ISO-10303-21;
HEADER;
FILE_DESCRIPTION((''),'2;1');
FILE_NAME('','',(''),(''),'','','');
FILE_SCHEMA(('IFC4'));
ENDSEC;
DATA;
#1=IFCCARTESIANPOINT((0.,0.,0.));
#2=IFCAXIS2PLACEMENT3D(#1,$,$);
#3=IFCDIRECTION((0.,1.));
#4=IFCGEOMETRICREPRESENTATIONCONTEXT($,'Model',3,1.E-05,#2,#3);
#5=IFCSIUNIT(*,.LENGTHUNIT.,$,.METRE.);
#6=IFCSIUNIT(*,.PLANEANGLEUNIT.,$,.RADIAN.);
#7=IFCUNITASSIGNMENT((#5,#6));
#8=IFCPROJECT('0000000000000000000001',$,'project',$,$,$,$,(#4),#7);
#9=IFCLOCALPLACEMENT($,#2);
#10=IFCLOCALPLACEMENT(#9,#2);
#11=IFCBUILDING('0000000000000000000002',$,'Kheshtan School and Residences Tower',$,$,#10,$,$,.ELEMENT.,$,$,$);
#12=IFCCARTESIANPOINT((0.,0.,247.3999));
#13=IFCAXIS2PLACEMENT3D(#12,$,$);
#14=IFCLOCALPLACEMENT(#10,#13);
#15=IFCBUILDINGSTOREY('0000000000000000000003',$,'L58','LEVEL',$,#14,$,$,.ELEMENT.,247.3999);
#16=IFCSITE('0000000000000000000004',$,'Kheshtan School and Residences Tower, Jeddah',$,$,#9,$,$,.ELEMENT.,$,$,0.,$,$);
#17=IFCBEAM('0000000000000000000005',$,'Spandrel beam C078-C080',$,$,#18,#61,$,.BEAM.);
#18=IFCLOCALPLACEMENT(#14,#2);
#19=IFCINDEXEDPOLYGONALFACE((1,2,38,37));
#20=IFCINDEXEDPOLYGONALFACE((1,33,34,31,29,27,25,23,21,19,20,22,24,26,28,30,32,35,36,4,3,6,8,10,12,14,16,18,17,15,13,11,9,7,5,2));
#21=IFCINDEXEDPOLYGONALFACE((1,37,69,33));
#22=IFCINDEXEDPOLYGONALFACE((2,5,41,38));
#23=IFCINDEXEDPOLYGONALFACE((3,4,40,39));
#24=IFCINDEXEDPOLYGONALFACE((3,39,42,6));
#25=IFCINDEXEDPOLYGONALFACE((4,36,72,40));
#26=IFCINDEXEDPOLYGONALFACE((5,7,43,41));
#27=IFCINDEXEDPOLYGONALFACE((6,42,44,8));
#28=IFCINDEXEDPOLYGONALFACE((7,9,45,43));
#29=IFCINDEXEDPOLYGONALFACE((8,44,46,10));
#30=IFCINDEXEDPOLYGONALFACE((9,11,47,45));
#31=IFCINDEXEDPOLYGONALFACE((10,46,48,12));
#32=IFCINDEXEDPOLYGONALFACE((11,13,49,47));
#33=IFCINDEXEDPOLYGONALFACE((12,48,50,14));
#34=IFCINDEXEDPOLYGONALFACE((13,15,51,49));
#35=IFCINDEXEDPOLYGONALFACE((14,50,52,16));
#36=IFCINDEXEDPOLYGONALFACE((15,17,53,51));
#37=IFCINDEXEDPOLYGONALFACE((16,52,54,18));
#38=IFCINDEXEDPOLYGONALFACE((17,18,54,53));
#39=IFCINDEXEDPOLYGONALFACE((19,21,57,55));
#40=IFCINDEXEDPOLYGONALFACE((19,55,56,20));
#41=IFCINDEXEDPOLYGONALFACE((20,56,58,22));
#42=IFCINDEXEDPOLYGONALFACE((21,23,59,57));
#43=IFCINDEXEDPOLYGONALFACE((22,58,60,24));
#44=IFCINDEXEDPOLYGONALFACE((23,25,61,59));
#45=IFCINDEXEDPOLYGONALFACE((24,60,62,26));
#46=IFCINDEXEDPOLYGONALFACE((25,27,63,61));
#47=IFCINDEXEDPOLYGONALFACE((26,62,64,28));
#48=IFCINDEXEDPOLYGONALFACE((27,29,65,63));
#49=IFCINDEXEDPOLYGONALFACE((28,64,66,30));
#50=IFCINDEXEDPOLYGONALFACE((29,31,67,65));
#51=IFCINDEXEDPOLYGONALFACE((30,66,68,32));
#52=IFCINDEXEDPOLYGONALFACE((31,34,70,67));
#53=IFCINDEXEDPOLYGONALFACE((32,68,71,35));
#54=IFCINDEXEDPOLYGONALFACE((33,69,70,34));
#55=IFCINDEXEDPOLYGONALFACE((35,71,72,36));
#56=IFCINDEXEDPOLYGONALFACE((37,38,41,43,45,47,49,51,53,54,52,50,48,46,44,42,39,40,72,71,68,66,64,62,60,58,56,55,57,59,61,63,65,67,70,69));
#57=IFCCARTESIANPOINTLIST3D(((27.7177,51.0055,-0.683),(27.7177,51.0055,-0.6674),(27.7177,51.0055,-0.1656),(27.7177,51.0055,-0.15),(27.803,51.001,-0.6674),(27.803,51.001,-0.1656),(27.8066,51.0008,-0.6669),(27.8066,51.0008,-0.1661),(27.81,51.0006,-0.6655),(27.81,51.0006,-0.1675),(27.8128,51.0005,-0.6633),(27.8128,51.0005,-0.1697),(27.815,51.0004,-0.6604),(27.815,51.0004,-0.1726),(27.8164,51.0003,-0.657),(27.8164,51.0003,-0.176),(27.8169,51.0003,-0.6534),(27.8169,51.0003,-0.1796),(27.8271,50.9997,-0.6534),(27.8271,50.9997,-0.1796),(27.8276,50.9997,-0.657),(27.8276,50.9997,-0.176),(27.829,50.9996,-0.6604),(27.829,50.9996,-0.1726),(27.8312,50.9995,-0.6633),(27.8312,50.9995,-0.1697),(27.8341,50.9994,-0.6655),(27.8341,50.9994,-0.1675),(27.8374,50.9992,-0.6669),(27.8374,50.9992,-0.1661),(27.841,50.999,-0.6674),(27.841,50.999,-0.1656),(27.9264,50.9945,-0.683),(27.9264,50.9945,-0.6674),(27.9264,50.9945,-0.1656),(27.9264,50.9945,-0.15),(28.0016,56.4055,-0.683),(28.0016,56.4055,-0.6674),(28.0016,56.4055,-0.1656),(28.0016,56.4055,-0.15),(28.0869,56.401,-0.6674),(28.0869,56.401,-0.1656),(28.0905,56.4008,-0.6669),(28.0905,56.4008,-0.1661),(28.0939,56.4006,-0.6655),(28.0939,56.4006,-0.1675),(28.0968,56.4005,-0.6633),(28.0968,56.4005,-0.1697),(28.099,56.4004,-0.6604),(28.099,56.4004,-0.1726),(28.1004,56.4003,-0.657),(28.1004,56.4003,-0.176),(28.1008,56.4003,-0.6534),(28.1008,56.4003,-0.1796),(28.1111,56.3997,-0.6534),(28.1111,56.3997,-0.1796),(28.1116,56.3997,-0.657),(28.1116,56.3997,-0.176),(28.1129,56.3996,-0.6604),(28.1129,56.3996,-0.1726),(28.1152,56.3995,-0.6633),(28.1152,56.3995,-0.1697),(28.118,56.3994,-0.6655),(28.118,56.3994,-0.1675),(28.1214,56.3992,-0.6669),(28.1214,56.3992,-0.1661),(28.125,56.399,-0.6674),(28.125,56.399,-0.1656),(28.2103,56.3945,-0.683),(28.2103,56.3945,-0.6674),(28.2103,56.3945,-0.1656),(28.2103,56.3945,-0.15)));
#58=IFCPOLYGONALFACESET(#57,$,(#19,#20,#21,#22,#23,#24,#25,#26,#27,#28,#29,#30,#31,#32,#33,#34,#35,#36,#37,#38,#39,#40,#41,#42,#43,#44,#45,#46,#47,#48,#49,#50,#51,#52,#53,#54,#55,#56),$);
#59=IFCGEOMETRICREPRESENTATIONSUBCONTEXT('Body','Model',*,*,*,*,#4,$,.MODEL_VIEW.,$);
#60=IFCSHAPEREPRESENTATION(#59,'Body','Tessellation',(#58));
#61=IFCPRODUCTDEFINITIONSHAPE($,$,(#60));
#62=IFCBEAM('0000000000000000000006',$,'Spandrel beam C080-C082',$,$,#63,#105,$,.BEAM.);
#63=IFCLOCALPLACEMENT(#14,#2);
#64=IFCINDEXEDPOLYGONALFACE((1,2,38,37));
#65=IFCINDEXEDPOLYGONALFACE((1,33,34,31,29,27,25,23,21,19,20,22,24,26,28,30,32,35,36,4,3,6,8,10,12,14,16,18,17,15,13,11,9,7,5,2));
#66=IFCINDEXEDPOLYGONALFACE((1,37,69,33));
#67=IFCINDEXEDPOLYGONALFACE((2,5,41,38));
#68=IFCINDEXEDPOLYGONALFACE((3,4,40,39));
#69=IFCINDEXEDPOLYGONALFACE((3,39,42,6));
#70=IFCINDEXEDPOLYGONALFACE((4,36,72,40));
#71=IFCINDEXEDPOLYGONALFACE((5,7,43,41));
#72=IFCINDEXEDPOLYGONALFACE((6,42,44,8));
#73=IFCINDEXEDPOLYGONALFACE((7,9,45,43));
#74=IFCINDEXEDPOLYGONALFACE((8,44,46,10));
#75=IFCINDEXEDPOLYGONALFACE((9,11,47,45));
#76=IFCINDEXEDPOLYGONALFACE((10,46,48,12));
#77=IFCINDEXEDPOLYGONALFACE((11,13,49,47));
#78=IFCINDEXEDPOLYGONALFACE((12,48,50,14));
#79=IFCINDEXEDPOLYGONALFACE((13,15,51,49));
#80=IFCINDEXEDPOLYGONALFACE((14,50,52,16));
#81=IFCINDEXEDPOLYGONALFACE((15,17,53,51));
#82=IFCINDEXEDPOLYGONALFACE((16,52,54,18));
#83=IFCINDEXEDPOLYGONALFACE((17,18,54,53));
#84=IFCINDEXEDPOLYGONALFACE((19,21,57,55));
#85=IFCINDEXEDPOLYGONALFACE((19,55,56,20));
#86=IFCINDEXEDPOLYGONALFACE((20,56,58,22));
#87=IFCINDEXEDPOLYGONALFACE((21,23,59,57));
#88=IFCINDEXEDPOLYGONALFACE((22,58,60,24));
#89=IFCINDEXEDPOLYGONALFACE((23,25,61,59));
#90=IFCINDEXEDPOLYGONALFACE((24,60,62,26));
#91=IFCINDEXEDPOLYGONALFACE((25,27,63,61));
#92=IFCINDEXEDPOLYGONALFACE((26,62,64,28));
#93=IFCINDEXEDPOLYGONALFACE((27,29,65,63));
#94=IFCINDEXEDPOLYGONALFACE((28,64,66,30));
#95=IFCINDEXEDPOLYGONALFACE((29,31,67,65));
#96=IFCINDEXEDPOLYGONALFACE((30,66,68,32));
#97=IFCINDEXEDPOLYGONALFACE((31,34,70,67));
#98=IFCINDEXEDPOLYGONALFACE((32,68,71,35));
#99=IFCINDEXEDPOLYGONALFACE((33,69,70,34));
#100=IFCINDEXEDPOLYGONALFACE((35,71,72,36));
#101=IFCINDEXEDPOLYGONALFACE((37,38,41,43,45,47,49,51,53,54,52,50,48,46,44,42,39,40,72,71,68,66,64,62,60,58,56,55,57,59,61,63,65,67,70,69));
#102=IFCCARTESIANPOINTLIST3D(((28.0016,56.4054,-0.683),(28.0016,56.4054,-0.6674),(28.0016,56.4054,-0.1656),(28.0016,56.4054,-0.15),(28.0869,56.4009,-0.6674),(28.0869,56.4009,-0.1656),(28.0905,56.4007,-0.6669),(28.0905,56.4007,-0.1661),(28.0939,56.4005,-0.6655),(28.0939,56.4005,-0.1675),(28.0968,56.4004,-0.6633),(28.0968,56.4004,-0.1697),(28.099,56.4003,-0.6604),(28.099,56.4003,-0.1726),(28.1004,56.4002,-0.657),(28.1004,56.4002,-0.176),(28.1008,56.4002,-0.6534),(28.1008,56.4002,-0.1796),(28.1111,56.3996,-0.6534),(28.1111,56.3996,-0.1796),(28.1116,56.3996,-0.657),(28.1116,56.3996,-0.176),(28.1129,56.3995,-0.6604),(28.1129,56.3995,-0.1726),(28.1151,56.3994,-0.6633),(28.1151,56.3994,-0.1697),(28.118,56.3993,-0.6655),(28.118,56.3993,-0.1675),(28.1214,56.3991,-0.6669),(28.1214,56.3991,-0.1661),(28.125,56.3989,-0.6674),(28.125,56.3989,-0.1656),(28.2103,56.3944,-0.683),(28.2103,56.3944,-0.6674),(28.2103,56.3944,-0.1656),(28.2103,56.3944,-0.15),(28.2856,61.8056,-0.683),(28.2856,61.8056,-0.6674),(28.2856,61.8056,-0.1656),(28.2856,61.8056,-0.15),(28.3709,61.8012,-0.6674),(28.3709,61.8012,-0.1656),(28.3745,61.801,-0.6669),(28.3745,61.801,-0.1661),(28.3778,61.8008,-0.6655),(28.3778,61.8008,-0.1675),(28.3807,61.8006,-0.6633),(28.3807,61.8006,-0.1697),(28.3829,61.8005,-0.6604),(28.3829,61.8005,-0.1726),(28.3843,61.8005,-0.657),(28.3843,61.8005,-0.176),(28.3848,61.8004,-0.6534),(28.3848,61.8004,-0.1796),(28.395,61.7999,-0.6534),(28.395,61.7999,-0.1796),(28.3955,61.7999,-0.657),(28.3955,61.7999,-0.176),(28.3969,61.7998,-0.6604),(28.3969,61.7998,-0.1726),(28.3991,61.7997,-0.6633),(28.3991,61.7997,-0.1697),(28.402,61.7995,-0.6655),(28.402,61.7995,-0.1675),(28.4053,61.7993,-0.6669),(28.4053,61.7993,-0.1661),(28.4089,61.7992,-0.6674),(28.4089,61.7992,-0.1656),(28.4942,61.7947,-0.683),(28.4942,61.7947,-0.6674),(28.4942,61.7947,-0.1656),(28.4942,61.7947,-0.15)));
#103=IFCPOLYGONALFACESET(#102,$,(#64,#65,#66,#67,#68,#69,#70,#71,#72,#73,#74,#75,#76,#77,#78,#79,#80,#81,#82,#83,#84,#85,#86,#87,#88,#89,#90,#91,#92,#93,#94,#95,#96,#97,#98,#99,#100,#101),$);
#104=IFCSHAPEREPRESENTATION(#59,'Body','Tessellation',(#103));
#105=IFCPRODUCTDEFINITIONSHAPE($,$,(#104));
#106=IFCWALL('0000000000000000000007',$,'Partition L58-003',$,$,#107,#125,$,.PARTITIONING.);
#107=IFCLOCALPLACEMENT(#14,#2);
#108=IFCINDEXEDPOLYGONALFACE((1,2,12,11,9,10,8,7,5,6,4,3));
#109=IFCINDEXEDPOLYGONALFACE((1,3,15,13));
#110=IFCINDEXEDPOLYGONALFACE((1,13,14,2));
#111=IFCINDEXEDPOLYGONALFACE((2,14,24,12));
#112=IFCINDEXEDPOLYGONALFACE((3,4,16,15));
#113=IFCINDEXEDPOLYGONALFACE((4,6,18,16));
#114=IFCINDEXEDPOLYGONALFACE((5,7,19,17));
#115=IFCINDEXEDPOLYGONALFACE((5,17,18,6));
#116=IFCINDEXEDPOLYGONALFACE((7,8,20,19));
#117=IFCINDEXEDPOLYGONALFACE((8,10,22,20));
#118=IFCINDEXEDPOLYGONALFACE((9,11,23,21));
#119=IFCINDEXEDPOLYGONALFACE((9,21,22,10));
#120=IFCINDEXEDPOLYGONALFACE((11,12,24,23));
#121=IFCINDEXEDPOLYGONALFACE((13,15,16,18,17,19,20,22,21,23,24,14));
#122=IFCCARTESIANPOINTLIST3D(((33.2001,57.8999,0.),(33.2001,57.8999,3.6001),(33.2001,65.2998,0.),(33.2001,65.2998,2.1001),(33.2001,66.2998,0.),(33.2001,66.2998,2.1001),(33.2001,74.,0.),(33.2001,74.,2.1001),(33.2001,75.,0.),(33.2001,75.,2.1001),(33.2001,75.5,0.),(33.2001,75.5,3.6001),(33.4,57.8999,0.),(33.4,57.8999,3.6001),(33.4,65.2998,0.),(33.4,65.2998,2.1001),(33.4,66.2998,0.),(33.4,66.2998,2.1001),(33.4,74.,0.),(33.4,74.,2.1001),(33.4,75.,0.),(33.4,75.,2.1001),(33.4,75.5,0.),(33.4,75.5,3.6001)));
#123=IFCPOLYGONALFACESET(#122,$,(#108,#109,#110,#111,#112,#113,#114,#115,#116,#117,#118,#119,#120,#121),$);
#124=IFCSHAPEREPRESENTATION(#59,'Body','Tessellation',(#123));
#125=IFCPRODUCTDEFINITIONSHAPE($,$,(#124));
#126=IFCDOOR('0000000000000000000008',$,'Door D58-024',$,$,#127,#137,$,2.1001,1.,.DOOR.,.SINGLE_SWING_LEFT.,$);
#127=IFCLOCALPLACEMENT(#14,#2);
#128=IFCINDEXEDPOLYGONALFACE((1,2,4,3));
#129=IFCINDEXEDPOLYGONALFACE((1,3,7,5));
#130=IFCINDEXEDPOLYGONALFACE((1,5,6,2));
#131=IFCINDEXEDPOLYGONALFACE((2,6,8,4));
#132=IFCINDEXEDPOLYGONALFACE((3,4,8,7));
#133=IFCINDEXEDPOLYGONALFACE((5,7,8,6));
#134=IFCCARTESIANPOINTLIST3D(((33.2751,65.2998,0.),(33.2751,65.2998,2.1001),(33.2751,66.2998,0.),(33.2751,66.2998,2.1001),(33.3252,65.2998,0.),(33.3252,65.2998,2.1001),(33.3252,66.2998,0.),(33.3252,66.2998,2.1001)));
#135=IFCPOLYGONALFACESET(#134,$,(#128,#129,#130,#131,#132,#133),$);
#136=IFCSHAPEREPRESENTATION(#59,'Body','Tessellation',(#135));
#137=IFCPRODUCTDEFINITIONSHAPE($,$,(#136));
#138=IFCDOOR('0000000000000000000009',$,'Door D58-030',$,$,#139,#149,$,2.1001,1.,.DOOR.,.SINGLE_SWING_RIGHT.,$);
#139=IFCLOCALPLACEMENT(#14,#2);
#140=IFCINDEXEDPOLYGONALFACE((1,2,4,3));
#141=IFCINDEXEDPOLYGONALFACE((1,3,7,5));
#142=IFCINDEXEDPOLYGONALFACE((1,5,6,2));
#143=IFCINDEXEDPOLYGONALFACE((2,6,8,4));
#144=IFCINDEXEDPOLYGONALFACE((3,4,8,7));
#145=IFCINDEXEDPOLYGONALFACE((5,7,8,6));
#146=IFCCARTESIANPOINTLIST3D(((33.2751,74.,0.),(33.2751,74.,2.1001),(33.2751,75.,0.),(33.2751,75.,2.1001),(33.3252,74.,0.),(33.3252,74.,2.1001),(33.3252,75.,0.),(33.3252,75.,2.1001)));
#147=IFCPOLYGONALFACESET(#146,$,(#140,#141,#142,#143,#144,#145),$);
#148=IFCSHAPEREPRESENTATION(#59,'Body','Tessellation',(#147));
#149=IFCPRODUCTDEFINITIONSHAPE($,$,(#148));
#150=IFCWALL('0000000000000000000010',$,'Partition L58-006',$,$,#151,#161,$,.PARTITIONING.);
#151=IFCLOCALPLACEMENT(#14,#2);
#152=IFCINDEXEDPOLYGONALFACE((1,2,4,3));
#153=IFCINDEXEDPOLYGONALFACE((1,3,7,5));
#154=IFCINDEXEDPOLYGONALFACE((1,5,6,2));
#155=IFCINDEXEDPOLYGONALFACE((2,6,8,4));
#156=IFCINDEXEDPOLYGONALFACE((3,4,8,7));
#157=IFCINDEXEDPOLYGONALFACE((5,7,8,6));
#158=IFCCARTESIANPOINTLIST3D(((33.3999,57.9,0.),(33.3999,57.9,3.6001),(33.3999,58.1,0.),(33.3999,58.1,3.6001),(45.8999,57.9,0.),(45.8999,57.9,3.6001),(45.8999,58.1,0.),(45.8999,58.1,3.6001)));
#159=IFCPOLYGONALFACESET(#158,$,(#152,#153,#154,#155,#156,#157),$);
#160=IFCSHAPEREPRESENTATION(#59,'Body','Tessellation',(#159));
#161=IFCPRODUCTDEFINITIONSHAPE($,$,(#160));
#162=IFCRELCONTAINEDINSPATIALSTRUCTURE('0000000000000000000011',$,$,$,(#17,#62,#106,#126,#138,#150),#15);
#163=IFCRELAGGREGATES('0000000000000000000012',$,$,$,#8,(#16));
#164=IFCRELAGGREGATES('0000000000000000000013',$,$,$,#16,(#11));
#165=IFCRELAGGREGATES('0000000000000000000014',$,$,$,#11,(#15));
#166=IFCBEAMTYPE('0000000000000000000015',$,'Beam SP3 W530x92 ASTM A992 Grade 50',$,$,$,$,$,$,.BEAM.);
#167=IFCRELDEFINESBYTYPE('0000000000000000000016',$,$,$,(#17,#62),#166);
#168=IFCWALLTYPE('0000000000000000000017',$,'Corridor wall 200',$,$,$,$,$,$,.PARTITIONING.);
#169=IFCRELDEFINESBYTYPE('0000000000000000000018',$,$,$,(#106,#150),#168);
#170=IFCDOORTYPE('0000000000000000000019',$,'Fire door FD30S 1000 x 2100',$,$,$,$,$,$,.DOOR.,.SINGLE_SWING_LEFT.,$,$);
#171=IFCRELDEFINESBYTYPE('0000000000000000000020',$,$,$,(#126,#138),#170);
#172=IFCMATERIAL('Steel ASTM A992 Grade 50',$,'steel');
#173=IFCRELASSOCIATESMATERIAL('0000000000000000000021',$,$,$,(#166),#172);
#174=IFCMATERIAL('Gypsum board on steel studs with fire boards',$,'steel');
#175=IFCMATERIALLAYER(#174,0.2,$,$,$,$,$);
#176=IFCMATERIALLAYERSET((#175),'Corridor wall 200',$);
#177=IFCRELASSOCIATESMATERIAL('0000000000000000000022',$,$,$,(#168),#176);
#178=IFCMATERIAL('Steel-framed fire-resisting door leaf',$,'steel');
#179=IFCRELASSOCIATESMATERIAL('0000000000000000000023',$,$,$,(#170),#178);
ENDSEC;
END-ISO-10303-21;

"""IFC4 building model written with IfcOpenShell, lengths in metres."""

from ifc_helpers import new_model, si_unit, direction, frame, frame_2d, origin, origin_2d, place, context, subcontext, project, spatial, rectangle, i_section, extrude, source, transform, mapped, material, layer, layer_set, material_profile, profile_set, type_object, element, fill, save


model = new_model("IFC4")

# Units and contexts
model_context = context("Model", 3, precision=1e-05, world=origin(), true_north=direction((0.0, 1.0)))
body_context = subcontext(model_context, "Body", "Model", "MODEL_VIEW")
ifc_project = project(units=[si_unit("LENGTHUNIT", "METRE"), si_unit("PLANEANGLEUNIT", "RADIAN")], contexts=[model_context])

# Site, building, storey
site_placement = place(None, origin())
site = spatial("IfcSite", under=ifc_project, at=site_placement, Name="Kheshtan School and Residences Tower, Jeddah", CompositionType="ELEMENT", RefElevation=0.0)
building_placement = place(site_placement, origin())
building = spatial("IfcBuilding", under=site, at=building_placement, Name="Kheshtan School and Residences Tower", CompositionType="ELEMENT")
storey_placement = place(building_placement, frame((0.0, 0.0, 247.3999)))
storey = spatial("IfcBuildingStorey", under=building, at=storey_placement, Name="L58", Description="LEVEL", CompositionType="ELEMENT", Elevation=247.3999)

# Shared definitions
ifc_material_1 = material(Name="Steel ASTM A992 Grade 50", Category="steel")

# Beams
ifc_material_profile_1 = material_profile(ifc_material_1, i_section(OverallWidth=0.209, OverallDepth=0.533, WebThickness=0.0103, FlangeThickness=0.0156, FilletRadius=0.0139, at=origin_2d()), Name="W530x92")
ifc_profile_set_1 = profile_set([ifc_material_profile_1], Name="Steel ASTM A992 Grade 50")
beam_type = type_object("IfcBeamType", Name="Beam SP3 W530x92 ASTM A992 Grade 50", PredefinedType="BEAM", material=ifc_profile_set_1)
for number, where, z_axis, x_axis, name in (
    (1, (27.822, 51.0, -0.4165), (0.052509, 0.99862, 0.0), (-0.99862, 0.052509, 0.0), "Spandrel beam C078-C080"),
):
    element("IfcBeam", number, at=place(storey_placement, frame(where, z_axis=z_axis, x_axis=x_axis)), inside=storey, type_object=beam_type, Name=name, PredefinedType="BEAM", context=body_context, shape_type="SweptSolid", body=[
        extrude(i_section(OverallWidth=0.209, OverallDepth=0.533, WebThickness=0.0103, FlangeThickness=0.0156, FilletRadius=0.0139, at=origin_2d()), origin(), (0.0, 0.0, 1.0), 5.4075),
    ])
beam_placement = place(storey_placement, frame((28.106, 56.3999, -0.4165), z_axis=(0.052507, 0.998621, 0.0), x_axis=(-0.998621, 0.052507, 0.0)))
element("IfcBeam", 2, at=beam_placement, inside=storey, type_object=beam_type, Name="Spandrel beam C080-C082", PredefinedType="BEAM", context=body_context, shape_type="SweptSolid", body=[
    extrude(i_section(OverallWidth=0.209, OverallDepth=0.533, WebThickness=0.0103, FlangeThickness=0.0156, FilletRadius=0.0139, at=origin_2d()), origin(), (0.0, 0.0, 1.0), 5.4077),
])

# Wall, openings, doors
ifc_material_2 = material(Name="Gypsum board on steel studs with fire boards", Category="steel")
ifc_layer_1 = layer(ifc_material_2, 0.2)
ifc_layer_set_1 = layer_set([ifc_layer_1], Name="Corridor wall 200")
wall_type_1 = type_object("IfcWallType", Name="Corridor wall 200", PredefinedType="PARTITIONING", material=ifc_layer_set_1)
wall_1_placement = place(storey_placement, frame((33.3, 57.8999, 0.0), z_axis=(0.0, 0.0, 1.0), x_axis=(0.0, 1.0, 0.0)))
wall_1 = element("IfcWall", 3, at=wall_1_placement, inside=storey, type_object=wall_type_1, Name="Partition L58-003", PredefinedType="PARTITIONING", context=body_context, shape_type="SweptSolid", body=[
    extrude(rectangle(XDim=17.6001, YDim=0.2, at=frame_2d((8.8, 0.0))), origin(), (0.0, 0.0, 1.0), 3.6001),
])
opening_1_placement = place(wall_1_placement, frame((7.3999, 0.0, 0.0)))
opening_1 = element("IfcOpeningElement", 4, at=opening_1_placement, cuts=wall_1, PredefinedType="OPENING", context=body_context, shape_type="SweptSolid", body=[
    extrude(rectangle(XDim=1.0, YDim=2.1001, at=frame_2d((0.5, 1.05))), frame((0.0, 0.1099, 0.0), z_axis=(0.0, -1.0, 0.0), x_axis=(1.0, 0.0, 0.0)), (0.0, 0.0, 1.0), 0.22),
])
opening_2_placement = place(wall_1_placement, frame((16.1001, 0.0, 0.0)))
opening_2 = element("IfcOpeningElement", 5, at=opening_2_placement, cuts=wall_1, PredefinedType="OPENING", context=body_context, shape_type="SweptSolid", body=[
    extrude(rectangle(XDim=1.0, YDim=2.1001, at=frame_2d((0.5, 1.05))), frame((0.0, 0.1099, 0.0), z_axis=(0.0, -1.0, 0.0), x_axis=(1.0, 0.0, 0.0)), (0.0, 0.0, 1.0), 0.22),
])
ifc_material_3 = material(Name="Steel-framed fire-resisting door leaf", Category="steel")
door_type_1 = type_object("IfcDoorType", Name="Fire door FD30S 1000 x 2100", OperationType="SINGLE_SWING_LEFT", PredefinedType="DOOR", material=ifc_material_3)
shared_shape_1 = source(origin(), body_context, "Body", "SweptSolid", [
    extrude(rectangle(XDim=1.0, YDim=2.1001, at=frame_2d((0.5, 1.05))), frame((0.0, 0.0249, 0.0), z_axis=(0.0, -1.0, 0.0), x_axis=(1.0, 0.0, 0.0)), (0.0, 0.0, 1.0), 0.05),
])
door_1_placement = place(opening_1_placement, origin())
door_1 = element("IfcDoor", 6, at=door_1_placement, inside=storey, type_object=door_type_1, Name="Door D58-024", OperationType="SINGLE_SWING_LEFT", OverallHeight=2.1001, OverallWidth=1.0, PredefinedType="DOOR", context=body_context, shape_type="MappedRepresentation", body=[
    mapped(shared_shape_1, transform((0.0, 0.0, 0.0), x_axis=(1.0, 0.0, 0.0), y_axis=(0.0, 1.0, 0.0), z_axis=(0.0, 0.0, 1.0), scale=1.0)),
])
fill(opening_1, door_1)
door_2_placement = place(opening_2_placement, origin())
door_2 = element("IfcDoor", 7, at=door_2_placement, inside=storey, type_object=door_type_1, Name="Door D58-030", OperationType="SINGLE_SWING_RIGHT", OverallHeight=2.1001, OverallWidth=1.0, PredefinedType="DOOR", context=body_context, shape_type="MappedRepresentation", body=[
    mapped(shared_shape_1, transform((0.0, 0.0, 0.0), x_axis=(1.0, 0.0, 0.0), y_axis=(0.0, 1.0, 0.0), z_axis=(0.0, 0.0, 1.0), scale=1.0)),
])
fill(opening_2, door_2)

# Wall
wall_2_placement = place(storey_placement, frame((33.3999, 58.0, 0.0), z_axis=(0.0, 0.0, 1.0), x_axis=(1.0, 0.0, 0.0)))
element("IfcWall", 8, at=wall_2_placement, inside=storey, type_object=wall_type_1, Name="Partition L58-006", PredefinedType="PARTITIONING", context=body_context, shape_type="SweptSolid", body=[
    extrude(rectangle(XDim=12.5, YDim=0.2, at=frame_2d((6.25, 0.0))), origin(), (0.0, 0.0, 1.0), 3.6001),
])

save(model, "model.ifc")
